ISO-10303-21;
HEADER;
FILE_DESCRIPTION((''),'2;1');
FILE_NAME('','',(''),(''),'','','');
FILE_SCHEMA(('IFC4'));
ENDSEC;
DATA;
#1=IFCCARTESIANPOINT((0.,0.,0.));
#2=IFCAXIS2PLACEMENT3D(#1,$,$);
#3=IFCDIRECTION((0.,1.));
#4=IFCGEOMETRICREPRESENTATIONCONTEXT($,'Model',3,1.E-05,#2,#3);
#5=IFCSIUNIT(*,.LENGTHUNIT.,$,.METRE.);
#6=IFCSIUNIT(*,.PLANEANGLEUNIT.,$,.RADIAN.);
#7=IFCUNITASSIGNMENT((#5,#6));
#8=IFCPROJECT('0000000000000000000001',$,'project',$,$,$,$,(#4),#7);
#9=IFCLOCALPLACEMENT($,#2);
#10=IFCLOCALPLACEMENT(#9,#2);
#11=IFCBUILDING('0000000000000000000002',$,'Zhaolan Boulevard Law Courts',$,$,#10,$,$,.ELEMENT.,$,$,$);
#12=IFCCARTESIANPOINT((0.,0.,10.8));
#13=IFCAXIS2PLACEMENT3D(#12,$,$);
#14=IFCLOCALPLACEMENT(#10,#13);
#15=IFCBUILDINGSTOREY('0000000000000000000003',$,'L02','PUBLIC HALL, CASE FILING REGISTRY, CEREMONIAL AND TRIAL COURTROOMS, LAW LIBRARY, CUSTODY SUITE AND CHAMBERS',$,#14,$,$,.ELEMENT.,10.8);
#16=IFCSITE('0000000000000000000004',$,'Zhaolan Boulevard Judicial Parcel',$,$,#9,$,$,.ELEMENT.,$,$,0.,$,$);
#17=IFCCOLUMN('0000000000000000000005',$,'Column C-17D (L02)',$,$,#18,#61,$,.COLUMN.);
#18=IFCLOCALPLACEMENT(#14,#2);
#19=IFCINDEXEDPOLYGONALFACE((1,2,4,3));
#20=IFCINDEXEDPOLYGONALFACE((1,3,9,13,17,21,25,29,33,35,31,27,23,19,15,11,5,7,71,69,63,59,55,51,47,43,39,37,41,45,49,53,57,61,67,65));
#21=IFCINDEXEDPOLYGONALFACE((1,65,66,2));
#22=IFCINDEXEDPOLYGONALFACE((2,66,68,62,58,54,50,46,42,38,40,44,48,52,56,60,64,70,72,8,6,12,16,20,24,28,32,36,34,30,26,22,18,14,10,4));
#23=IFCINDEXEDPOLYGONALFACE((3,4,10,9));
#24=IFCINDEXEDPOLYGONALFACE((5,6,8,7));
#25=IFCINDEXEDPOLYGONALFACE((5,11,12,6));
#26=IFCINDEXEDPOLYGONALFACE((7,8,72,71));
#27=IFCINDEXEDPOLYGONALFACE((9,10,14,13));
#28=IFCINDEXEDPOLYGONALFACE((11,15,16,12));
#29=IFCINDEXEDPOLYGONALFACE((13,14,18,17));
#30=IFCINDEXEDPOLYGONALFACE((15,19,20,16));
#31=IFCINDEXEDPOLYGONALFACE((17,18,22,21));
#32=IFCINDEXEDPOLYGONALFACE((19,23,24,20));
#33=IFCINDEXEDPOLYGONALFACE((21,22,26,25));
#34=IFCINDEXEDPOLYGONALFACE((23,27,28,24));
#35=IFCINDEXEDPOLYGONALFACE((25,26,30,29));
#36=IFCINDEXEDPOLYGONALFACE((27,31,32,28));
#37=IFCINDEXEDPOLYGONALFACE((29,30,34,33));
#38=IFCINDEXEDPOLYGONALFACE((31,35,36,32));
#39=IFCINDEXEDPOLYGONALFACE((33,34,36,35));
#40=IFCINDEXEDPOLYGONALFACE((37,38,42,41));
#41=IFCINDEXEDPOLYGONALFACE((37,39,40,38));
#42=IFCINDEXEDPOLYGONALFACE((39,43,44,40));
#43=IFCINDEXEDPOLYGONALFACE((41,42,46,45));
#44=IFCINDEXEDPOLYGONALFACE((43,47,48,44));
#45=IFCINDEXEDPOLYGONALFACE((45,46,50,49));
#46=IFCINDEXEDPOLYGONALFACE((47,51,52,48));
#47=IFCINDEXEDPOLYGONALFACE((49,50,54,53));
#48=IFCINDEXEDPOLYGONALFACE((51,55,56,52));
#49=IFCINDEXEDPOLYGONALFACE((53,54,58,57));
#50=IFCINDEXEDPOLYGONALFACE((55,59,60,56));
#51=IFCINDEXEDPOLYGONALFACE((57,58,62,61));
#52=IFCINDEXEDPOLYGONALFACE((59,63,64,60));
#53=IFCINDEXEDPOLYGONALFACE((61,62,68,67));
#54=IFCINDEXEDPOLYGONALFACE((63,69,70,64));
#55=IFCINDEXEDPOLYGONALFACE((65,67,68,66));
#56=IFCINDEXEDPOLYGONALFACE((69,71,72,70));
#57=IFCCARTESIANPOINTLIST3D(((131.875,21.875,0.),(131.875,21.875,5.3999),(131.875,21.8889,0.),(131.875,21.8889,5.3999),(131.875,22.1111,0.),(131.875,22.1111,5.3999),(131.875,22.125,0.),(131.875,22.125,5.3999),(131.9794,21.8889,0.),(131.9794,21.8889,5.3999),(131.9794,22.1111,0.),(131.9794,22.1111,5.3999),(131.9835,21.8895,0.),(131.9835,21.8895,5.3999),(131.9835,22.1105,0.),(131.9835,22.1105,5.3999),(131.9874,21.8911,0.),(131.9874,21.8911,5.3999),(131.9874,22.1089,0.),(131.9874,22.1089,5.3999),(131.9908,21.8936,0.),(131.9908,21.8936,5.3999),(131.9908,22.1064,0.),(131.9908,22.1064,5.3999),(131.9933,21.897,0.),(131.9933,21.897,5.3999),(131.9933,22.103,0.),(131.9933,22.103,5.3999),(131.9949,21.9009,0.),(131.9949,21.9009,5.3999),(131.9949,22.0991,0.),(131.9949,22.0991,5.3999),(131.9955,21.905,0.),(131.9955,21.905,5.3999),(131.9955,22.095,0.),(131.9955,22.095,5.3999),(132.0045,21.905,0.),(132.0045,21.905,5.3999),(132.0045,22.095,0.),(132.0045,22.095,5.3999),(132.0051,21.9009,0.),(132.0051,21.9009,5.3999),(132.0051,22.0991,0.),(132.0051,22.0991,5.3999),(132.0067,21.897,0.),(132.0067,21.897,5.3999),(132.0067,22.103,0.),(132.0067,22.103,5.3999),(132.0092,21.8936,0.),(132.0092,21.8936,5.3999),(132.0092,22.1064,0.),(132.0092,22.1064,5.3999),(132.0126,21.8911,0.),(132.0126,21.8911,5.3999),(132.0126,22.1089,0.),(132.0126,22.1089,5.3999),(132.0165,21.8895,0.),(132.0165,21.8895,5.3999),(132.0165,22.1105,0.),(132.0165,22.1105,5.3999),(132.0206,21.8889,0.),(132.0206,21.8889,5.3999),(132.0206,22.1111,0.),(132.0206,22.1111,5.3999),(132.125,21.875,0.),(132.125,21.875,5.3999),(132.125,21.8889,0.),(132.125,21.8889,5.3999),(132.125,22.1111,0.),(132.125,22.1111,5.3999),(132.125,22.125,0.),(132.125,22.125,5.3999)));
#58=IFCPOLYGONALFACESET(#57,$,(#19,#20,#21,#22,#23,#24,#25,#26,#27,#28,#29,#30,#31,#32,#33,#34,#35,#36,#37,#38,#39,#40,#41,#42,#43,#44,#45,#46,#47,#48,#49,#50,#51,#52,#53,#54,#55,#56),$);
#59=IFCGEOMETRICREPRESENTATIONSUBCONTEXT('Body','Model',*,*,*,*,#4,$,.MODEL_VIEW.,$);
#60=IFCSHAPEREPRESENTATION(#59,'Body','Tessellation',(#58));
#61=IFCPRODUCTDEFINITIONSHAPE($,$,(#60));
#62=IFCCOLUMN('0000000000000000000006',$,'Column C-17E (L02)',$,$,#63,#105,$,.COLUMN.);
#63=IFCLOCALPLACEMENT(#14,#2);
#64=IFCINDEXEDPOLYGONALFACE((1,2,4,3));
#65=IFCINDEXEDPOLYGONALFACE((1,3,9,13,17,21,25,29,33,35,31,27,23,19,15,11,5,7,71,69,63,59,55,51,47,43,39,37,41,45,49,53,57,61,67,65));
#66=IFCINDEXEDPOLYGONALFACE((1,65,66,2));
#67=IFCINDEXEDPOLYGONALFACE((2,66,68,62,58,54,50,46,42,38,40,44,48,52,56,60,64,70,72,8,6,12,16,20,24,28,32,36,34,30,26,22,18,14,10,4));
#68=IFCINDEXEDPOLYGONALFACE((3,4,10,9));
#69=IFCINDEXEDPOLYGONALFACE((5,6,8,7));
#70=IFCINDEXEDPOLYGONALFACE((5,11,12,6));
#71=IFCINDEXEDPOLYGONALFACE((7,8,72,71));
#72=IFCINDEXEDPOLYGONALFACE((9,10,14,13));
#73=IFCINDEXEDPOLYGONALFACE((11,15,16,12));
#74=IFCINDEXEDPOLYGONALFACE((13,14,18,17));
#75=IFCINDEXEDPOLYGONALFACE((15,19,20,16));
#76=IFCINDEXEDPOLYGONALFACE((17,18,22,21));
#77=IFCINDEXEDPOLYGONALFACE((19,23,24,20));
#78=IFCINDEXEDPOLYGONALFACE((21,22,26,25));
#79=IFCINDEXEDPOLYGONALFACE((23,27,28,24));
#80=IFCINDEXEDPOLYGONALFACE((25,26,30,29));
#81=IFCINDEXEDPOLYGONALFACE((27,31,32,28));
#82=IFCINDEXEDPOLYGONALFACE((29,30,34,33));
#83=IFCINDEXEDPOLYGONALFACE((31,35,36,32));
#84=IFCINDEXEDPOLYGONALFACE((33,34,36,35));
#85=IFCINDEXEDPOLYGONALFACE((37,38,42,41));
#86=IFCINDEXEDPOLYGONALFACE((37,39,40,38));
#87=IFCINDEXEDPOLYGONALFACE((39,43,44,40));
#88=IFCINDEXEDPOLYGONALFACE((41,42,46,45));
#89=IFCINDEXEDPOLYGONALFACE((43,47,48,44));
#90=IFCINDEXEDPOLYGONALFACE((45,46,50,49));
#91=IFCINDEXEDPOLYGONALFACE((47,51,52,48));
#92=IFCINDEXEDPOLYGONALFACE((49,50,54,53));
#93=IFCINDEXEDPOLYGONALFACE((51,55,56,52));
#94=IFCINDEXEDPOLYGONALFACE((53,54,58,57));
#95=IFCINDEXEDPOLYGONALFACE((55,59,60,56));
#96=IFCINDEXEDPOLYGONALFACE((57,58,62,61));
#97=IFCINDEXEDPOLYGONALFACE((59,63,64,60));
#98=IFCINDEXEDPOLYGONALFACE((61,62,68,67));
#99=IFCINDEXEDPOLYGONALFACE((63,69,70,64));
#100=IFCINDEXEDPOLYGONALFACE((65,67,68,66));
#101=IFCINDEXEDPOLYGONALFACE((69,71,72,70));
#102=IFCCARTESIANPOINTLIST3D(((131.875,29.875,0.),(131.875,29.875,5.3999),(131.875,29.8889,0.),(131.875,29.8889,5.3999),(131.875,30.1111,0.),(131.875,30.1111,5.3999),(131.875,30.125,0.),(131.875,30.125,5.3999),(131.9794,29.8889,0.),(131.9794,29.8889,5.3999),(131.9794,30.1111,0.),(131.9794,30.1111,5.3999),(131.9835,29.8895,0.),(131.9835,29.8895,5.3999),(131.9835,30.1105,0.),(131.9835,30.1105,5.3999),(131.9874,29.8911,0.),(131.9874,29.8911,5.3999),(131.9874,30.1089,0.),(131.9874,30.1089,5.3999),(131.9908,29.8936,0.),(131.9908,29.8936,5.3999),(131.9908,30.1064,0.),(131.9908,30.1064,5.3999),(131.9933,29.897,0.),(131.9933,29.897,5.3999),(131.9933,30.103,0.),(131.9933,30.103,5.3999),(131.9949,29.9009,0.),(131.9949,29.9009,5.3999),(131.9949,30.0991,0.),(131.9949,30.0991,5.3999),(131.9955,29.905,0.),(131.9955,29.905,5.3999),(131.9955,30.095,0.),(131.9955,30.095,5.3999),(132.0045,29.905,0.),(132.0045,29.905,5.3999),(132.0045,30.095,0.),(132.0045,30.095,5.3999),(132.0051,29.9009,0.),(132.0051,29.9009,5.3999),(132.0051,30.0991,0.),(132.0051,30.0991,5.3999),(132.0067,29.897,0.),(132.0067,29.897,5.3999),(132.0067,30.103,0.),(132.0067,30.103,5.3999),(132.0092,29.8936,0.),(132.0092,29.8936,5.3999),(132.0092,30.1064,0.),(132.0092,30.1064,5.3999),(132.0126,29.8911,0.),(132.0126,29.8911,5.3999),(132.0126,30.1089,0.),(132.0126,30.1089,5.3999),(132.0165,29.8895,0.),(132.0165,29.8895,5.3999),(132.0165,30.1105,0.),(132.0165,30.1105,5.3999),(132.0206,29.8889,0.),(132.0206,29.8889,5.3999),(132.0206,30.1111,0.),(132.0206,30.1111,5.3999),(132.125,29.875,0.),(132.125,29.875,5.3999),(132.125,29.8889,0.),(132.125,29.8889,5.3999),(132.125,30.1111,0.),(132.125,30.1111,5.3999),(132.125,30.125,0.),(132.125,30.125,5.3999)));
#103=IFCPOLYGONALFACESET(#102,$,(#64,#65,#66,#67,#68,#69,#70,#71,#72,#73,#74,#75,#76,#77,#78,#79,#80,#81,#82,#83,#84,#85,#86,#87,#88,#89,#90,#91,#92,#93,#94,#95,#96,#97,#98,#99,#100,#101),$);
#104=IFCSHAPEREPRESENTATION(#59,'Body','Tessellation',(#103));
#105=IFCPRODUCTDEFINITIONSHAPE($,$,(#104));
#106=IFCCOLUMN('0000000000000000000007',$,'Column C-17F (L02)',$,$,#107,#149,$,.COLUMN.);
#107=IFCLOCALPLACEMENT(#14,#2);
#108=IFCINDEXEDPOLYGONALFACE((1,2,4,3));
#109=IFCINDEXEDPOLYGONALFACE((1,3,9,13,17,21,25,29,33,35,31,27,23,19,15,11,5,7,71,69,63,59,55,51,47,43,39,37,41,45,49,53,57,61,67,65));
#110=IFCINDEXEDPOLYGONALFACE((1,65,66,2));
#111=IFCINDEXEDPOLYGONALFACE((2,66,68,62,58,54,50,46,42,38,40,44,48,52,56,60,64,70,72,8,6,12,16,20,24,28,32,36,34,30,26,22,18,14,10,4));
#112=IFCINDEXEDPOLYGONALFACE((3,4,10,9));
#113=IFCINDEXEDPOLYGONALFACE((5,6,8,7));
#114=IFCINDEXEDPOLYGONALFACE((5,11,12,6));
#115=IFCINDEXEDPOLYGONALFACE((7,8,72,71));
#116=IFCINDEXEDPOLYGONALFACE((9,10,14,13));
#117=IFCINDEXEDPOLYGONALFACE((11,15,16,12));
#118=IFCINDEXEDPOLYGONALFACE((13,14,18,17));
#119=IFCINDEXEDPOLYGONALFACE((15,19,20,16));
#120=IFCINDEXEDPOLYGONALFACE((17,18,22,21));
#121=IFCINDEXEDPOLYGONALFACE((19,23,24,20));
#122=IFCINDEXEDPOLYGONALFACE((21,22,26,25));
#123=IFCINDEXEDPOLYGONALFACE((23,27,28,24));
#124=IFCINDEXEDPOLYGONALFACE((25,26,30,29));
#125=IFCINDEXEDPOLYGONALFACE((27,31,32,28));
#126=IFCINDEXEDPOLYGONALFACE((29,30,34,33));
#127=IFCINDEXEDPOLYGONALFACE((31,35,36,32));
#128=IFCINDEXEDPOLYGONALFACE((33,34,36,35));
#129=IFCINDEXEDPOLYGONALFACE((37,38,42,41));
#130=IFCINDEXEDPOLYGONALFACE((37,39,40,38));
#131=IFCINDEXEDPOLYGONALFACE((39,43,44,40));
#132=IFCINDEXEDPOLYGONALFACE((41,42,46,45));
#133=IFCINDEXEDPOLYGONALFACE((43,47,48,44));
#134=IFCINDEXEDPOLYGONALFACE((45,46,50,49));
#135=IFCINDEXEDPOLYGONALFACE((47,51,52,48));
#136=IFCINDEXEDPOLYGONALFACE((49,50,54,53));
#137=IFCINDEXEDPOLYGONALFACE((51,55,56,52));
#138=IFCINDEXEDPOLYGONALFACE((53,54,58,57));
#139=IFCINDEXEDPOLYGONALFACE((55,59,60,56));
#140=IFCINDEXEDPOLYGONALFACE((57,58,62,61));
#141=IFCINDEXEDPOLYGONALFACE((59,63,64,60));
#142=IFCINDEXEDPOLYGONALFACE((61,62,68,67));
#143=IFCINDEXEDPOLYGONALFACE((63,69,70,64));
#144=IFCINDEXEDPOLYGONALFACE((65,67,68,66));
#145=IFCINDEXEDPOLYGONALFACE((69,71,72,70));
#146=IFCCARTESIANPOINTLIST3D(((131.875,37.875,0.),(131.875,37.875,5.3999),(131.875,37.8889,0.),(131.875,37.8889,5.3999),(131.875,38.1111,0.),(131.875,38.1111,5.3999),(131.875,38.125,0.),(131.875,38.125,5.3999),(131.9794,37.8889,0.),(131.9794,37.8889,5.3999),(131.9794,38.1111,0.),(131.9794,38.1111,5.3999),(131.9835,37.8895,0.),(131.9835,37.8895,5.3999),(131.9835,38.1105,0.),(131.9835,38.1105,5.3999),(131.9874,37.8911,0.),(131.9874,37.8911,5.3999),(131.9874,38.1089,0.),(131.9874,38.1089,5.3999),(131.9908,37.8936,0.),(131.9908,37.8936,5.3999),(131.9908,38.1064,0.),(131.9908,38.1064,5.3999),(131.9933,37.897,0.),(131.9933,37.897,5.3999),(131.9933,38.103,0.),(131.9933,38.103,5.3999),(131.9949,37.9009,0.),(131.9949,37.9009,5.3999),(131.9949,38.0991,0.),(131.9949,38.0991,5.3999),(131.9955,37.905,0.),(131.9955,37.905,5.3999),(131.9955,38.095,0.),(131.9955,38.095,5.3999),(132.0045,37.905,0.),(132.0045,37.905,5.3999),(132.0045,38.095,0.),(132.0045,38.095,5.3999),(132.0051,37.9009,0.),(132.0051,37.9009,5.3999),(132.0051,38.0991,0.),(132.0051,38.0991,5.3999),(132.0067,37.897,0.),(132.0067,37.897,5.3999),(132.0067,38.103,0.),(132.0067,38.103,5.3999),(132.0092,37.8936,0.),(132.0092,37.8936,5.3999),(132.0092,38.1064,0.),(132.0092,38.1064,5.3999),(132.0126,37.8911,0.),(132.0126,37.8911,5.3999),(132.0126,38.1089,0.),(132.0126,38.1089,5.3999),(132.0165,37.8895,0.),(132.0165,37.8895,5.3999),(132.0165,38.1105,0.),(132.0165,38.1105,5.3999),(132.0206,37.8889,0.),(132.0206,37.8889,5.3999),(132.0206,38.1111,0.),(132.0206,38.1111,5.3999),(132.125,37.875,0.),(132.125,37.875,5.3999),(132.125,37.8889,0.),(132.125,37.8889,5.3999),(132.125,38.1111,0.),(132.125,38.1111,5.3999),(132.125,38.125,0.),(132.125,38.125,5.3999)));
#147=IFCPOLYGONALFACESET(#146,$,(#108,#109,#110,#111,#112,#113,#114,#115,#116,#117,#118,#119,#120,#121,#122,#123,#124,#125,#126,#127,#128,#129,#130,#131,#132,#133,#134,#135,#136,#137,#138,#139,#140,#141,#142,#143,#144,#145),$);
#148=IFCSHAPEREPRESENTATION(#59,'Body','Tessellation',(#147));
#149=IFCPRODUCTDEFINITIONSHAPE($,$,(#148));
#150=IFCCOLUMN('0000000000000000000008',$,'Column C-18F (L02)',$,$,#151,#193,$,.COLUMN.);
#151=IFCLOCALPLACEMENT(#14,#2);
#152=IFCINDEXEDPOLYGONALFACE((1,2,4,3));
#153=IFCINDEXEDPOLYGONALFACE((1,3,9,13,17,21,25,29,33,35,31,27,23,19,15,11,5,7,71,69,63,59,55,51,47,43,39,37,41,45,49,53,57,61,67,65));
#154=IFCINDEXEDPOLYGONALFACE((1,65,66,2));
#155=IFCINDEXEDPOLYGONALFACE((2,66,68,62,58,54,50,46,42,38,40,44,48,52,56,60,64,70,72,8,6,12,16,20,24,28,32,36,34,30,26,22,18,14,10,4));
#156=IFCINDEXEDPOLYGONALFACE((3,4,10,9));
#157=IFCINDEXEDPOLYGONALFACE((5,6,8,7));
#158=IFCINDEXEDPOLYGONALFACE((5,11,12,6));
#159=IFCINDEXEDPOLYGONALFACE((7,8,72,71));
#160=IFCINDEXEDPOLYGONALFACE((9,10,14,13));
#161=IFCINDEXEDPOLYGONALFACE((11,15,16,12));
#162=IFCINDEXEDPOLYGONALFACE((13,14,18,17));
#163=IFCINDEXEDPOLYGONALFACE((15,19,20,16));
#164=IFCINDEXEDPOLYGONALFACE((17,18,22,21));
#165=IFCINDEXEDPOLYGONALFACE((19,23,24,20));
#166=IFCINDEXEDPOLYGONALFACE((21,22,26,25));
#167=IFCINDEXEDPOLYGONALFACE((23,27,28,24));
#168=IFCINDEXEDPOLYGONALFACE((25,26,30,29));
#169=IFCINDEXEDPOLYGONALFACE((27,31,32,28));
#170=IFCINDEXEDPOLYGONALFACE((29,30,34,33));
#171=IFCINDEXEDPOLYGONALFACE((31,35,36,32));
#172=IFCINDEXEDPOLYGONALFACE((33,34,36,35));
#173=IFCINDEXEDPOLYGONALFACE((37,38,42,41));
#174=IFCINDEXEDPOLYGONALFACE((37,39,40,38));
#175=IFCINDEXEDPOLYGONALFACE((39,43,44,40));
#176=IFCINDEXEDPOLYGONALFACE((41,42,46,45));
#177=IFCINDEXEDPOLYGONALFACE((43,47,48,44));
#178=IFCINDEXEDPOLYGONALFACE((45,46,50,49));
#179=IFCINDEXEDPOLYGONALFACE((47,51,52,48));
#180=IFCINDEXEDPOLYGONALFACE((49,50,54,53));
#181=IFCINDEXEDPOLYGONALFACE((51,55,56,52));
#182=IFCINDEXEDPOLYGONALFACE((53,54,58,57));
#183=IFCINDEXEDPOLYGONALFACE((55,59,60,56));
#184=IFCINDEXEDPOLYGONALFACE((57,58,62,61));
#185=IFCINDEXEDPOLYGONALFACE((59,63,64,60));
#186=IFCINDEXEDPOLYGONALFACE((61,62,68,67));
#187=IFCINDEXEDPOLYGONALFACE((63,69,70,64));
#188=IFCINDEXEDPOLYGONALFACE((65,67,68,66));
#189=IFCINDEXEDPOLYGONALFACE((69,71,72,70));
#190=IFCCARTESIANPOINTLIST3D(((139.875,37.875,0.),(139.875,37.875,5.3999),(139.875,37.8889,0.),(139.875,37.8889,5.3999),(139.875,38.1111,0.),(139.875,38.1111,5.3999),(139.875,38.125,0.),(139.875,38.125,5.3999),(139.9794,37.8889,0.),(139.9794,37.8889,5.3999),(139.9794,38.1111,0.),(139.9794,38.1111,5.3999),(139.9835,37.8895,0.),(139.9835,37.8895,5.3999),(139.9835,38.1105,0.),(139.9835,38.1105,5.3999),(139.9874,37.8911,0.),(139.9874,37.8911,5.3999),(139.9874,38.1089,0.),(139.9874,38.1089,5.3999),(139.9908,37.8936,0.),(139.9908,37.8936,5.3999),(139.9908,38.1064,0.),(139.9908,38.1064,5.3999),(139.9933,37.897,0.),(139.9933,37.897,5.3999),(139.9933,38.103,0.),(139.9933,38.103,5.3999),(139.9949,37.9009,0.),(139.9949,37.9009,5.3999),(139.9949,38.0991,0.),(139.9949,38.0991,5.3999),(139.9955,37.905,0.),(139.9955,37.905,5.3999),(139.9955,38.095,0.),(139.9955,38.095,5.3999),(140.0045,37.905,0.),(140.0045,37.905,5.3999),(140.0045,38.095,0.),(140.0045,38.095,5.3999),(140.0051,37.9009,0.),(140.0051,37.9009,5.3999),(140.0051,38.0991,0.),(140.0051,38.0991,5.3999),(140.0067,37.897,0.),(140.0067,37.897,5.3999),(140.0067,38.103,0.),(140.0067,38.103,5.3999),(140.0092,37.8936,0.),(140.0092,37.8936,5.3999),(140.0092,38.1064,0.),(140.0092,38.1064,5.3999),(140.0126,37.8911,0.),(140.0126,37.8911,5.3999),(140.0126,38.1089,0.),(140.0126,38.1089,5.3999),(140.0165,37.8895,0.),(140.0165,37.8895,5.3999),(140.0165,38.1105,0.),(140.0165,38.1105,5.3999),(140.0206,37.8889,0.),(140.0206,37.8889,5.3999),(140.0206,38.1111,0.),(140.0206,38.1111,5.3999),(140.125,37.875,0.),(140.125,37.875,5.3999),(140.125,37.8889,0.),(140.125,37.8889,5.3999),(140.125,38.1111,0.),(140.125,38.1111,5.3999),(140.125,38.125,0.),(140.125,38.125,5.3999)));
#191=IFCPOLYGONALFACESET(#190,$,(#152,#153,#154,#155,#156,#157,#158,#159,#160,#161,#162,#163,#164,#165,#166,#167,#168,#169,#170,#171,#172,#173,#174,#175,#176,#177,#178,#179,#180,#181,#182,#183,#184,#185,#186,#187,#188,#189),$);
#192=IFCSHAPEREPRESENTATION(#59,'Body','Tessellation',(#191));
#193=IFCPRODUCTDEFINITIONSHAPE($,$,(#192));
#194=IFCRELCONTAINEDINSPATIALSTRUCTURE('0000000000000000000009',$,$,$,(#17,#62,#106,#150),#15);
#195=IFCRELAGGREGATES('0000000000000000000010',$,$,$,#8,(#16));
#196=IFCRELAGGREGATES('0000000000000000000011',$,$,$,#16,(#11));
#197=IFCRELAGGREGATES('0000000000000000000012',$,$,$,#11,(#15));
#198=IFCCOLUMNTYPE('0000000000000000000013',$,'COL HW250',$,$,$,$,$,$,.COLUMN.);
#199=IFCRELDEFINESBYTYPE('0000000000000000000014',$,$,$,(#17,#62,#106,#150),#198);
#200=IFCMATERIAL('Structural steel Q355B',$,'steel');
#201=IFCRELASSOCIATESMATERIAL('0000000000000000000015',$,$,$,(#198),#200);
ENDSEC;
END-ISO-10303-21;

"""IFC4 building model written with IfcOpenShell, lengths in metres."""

from ifc_helpers import new_model, si_unit, direction, frame, origin, origin_2d, place, context, subcontext, project, spatial, i_section, extrude, material, material_profile, profile_set, type_object, element, save


model = new_model("IFC4")

# Units and contexts
model_context = context("Model", 3, precision=1e-05, world=origin(), true_north=direction((0.0, 1.0)))
body_context = subcontext(model_context, "Body", "Model", "MODEL_VIEW")
ifc_project = project(units=[si_unit("LENGTHUNIT", "METRE"), si_unit("PLANEANGLEUNIT", "RADIAN")], contexts=[model_context])

# Site, building, storey
site_placement = place(None, origin())
site = spatial("IfcSite", under=ifc_project, at=site_placement, Name="Zhaolan Boulevard Judicial Parcel", CompositionType="ELEMENT", RefElevation=0.0)
building_placement = place(site_placement, origin())
building = spatial("IfcBuilding", under=site, at=building_placement, Name="Zhaolan Boulevard Law Courts", CompositionType="ELEMENT")
storey_placement = place(building_placement, frame((0.0, 0.0, 10.8)))
storey = spatial("IfcBuildingStorey", under=building, at=storey_placement, Name="L02", Description="PUBLIC HALL, CASE FILING REGISTRY, CEREMONIAL AND TRIAL COURTROOMS, LAW LIBRARY, CUSTODY SUITE AND CHAMBERS", CompositionType="ELEMENT", Elevation=10.8)

# Columns
ifc_material_1 = material(Name="Structural steel Q355B", Category="steel")
ifc_material_profile_1 = material_profile(ifc_material_1, i_section(OverallWidth=0.25, OverallDepth=0.25, WebThickness=0.009, FlangeThickness=0.0139, FilletRadius=0.0161, at=origin_2d()), Name="HW250x250")
ifc_profile_set_1 = profile_set([ifc_material_profile_1], Name="Structural steel Q355B")
column_type = type_object("IfcColumnType", Name="COL HW250", PredefinedType="COLUMN", material=ifc_profile_set_1)
for number, where, z_axis, x_axis, name in (
    (1, (132.0, 22.0, 0.0), (0.0, 0.0, 1.0), (1.0, 0.0, 0.0), "Column C-17D (L02)"),
    (2, (132.0, 30.0, 0.0), (0.0, 0.0, 1.0), (1.0, 0.0, 0.0), "Column C-17E (L02)"),
    (3, (132.0, 38.0, 0.0), (0.0, 0.0, 1.0), (1.0, 0.0, 0.0), "Column C-17F (L02)"),
    (4, (140.0, 38.0, 0.0), (0.0, 0.0, 1.0), (1.0, 0.0, 0.0), "Column C-18F (L02)"),
):
    element("IfcColumn", number, at=place(storey_placement, frame(where, z_axis=z_axis, x_axis=x_axis)), inside=storey, type_object=column_type, Name=name, PredefinedType="COLUMN", context=body_context, shape_type="SweptSolid", body=[
        extrude(i_section(OverallWidth=0.25, OverallDepth=0.25, WebThickness=0.009, FlangeThickness=0.0139, FilletRadius=0.0161, at=origin_2d()), origin(), (0.0, 0.0, 1.0), 5.3999),
    ])

save(model, "model.ifc")
